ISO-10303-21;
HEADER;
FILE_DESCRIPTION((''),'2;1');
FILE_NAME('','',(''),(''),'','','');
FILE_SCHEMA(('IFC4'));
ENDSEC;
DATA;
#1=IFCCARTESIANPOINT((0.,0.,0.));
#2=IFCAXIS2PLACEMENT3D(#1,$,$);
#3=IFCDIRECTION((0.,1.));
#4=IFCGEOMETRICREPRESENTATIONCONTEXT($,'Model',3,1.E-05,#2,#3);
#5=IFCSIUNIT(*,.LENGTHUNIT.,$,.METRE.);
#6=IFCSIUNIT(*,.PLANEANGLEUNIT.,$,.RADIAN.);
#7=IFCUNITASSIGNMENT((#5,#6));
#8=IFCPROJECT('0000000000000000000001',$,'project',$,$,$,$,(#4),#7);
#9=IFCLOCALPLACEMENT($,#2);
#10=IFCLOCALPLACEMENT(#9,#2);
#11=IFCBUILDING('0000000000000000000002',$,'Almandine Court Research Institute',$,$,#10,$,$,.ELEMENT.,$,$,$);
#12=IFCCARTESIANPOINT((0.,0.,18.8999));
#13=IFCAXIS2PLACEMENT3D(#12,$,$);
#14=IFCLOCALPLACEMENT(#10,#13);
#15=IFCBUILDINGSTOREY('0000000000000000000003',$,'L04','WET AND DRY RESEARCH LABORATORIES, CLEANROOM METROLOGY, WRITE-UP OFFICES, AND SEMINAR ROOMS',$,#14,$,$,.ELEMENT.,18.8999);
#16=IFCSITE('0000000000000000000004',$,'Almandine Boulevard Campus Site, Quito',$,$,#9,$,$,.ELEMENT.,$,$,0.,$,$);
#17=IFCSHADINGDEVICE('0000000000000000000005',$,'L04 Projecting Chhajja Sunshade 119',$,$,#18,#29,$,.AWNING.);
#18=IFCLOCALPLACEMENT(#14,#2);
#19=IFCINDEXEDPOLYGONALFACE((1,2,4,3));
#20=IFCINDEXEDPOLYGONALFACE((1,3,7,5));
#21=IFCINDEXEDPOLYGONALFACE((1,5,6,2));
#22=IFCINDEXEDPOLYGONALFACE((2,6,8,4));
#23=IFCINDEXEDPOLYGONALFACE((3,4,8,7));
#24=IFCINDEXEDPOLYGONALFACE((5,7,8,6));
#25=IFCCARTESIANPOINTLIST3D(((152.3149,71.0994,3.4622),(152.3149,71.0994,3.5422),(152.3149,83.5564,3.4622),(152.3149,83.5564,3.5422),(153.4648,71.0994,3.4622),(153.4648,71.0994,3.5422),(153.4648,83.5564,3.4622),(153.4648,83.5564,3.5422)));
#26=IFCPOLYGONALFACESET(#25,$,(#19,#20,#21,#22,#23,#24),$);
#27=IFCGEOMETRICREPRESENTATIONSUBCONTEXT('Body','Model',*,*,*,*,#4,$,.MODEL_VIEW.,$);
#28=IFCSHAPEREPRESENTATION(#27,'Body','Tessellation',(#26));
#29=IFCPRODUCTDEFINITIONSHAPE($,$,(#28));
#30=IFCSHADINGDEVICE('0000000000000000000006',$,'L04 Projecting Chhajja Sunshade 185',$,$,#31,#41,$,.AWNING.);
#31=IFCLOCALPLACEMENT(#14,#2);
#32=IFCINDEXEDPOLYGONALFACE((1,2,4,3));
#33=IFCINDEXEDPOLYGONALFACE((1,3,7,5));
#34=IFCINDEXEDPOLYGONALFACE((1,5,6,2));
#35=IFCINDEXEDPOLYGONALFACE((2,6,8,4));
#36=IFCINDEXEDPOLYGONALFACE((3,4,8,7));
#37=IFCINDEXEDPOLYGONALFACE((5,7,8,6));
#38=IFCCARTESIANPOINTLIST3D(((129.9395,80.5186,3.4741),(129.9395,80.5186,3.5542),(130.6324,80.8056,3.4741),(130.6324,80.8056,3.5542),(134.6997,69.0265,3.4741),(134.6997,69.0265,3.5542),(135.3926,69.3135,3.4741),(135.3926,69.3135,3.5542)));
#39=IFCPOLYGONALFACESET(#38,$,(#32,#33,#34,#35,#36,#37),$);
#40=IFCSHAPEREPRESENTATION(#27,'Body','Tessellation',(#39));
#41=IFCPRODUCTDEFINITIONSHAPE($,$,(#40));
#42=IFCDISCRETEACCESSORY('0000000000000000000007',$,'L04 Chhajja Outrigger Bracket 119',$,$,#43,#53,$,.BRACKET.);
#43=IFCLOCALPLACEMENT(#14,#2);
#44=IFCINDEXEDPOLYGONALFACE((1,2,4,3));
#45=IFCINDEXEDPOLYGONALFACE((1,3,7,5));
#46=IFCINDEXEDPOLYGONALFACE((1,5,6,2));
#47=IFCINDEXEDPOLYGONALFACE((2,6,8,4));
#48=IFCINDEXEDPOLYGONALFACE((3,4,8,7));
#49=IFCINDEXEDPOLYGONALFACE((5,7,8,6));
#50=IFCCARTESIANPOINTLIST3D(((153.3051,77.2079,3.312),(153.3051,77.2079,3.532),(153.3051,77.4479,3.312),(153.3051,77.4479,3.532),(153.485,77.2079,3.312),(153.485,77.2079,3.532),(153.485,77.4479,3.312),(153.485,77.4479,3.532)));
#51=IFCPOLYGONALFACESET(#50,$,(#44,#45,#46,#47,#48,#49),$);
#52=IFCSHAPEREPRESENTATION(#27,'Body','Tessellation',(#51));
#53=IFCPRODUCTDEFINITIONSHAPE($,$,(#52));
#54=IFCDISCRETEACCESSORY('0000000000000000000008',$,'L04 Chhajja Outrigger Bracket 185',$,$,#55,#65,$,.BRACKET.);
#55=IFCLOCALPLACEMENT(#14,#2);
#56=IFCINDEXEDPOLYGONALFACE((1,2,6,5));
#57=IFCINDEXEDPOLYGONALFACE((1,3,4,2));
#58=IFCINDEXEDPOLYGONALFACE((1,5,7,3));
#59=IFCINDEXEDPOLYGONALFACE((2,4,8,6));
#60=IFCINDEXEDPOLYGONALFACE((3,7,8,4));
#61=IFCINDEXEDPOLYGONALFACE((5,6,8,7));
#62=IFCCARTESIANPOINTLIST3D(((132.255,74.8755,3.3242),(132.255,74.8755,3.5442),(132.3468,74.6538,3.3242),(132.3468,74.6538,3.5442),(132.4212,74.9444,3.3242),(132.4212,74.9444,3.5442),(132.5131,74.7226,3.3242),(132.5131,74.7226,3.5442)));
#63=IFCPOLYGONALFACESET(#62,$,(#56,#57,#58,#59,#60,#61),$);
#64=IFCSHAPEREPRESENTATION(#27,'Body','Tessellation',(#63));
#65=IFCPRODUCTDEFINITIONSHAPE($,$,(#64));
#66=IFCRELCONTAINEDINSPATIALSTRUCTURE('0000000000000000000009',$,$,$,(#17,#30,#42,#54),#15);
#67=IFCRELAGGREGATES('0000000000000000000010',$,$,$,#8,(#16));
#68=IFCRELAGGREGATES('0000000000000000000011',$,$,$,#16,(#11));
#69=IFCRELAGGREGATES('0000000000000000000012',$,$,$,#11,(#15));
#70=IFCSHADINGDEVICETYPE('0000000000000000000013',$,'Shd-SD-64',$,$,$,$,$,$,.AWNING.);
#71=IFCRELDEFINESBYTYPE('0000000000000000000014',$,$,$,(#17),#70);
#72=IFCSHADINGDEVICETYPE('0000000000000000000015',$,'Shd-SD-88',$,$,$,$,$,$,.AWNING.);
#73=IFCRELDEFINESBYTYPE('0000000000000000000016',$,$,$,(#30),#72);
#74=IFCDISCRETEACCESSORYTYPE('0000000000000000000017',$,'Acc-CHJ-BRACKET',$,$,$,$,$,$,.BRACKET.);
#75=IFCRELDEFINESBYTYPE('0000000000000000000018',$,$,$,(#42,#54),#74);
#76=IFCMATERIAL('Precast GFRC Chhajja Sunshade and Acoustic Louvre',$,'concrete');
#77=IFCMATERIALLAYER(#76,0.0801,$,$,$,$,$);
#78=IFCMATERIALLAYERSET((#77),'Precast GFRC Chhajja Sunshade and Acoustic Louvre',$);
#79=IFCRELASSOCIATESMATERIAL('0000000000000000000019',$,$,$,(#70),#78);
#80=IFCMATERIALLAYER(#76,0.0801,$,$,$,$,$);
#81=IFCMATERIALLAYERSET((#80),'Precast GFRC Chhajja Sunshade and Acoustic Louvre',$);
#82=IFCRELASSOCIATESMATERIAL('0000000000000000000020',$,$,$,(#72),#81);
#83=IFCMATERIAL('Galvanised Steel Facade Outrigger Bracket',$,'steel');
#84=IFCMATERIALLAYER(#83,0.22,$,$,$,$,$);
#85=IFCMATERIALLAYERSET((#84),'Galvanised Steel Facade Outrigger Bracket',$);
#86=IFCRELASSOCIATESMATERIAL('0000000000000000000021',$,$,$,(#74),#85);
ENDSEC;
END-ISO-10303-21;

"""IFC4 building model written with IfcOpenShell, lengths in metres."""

from ifc_helpers import new_model, si_unit, direction, frame, origin, origin_2d, place, context, subcontext, project, spatial, rectangle, extrude, material, layer, layer_set, type_object, element, save


model = new_model("IFC4")

# Units and contexts
model_context = context("Model", 3, precision=1e-05, world=origin(), true_north=direction((0.0, 1.0)))
body_context = subcontext(model_context, "Body", "Model", "MODEL_VIEW")
ifc_project = project(units=[si_unit("LENGTHUNIT", "METRE"), si_unit("PLANEANGLEUNIT", "RADIAN")], contexts=[model_context])

# Site, building, storey
site_placement = place(None, origin())
site = spatial("IfcSite", under=ifc_project, at=site_placement, Name="Almandine Boulevard Campus Site, Quito", CompositionType="ELEMENT", RefElevation=0.0)
building_placement = place(site_placement, origin())
building = spatial("IfcBuilding", under=site, at=building_placement, Name="Almandine Court Research Institute", CompositionType="ELEMENT")
storey_placement = place(building_placement, frame((0.0, 0.0, 18.8999)))
storey = spatial("IfcBuildingStorey", under=building, at=storey_placement, Name="L04", Description="WET AND DRY RESEARCH LABORATORIES, CLEANROOM METROLOGY, WRITE-UP OFFICES, AND SEMINAR ROOMS", CompositionType="ELEMENT", Elevation=18.8999)

# Shading devices
ifc_material_1 = material(Name="Precast GFRC Chhajja Sunshade and Acoustic Louvre", Category="concrete")
ifc_layer_1 = layer(ifc_material_1, 0.0801)
ifc_layer_set_1 = layer_set([ifc_layer_1], Name="Precast GFRC Chhajja Sunshade and Acoustic Louvre")
shading_device_type_1 = type_object("IfcShadingDeviceType", Name="Shd-SD-64", PredefinedType="AWNING", material=ifc_layer_set_1)
shading_device_1_placement = place(storey_placement, frame((152.8899, 77.3279, 3.4622), z_axis=(0.0, 0.0, 1.0), x_axis=(0.0, 1.0, 0.0)))
element("IfcShadingDevice", 1, at=shading_device_1_placement, inside=storey, type_object=shading_device_type_1, Name="L04 Projecting Chhajja Sunshade 119", PredefinedType="AWNING", context=body_context, shape_type="SweptSolid", body=[
    extrude(rectangle(XDim=12.457, YDim=1.1499, at=origin_2d()), origin(), (0.0, 0.0, 1.0), 0.0801),
])
ifc_layer_2 = layer(ifc_material_1, 0.0801)
ifc_layer_set_2 = layer_set([ifc_layer_2], Name="Precast GFRC Chhajja Sunshade and Acoustic Louvre")
shading_device_type_2 = type_object("IfcShadingDeviceType", Name="Shd-SD-88", PredefinedType="AWNING", material=ifc_layer_set_2)
shading_device_2_placement = place(storey_placement, frame((132.666, 74.916, 3.4741), z_axis=(0.0, 0.0, 1.0), x_axis=(0.382683, -0.92388, 0.0)))
element("IfcShadingDevice", 2, at=shading_device_2_placement, inside=storey, type_object=shading_device_type_2, Name="L04 Projecting Chhajja Sunshade 185", PredefinedType="AWNING", context=body_context, shape_type="SweptSolid", body=[
    extrude(rectangle(XDim=12.439, YDim=0.75, at=origin_2d()), origin(), (0.0, 0.0, 1.0), 0.0801),
])

# Discrete accessories
ifc_material_2 = material(Name="Galvanised Steel Facade Outrigger Bracket", Category="steel")
ifc_layer_3 = layer(ifc_material_2, 0.22)
ifc_layer_set_3 = layer_set([ifc_layer_3], Name="Galvanised Steel Facade Outrigger Bracket")
discrete_accessory_type = type_object("IfcDiscreteAccessoryType", Name="Acc-CHJ-BRACKET", PredefinedType="BRACKET", material=ifc_layer_set_3)
for number, where, z_axis, x_axis, name in (
    (3, (153.395, 77.3279, 3.312), (0.0, 0.0, 1.0), (0.0, 1.0, 0.0), "L04 Chhajja Outrigger Bracket 119"),
    (4, (132.384, 74.7991, 3.3242), (0.0, 0.0, 1.0), (0.382683, -0.92388, 0.0), "L04 Chhajja Outrigger Bracket 185"),
):
    element("IfcDiscreteAccessory", number, at=place(storey_placement, frame(where, z_axis=z_axis, x_axis=x_axis)), inside=storey, type_object=discrete_accessory_type, Name=name, PredefinedType="BRACKET", context=body_context, shape_type="SweptSolid", body=[
        extrude(rectangle(XDim=0.24, YDim=0.1799, at=origin_2d()), origin(), (0.0, 0.0, 1.0), 0.22),
    ])

save(model, "model.ifc")
